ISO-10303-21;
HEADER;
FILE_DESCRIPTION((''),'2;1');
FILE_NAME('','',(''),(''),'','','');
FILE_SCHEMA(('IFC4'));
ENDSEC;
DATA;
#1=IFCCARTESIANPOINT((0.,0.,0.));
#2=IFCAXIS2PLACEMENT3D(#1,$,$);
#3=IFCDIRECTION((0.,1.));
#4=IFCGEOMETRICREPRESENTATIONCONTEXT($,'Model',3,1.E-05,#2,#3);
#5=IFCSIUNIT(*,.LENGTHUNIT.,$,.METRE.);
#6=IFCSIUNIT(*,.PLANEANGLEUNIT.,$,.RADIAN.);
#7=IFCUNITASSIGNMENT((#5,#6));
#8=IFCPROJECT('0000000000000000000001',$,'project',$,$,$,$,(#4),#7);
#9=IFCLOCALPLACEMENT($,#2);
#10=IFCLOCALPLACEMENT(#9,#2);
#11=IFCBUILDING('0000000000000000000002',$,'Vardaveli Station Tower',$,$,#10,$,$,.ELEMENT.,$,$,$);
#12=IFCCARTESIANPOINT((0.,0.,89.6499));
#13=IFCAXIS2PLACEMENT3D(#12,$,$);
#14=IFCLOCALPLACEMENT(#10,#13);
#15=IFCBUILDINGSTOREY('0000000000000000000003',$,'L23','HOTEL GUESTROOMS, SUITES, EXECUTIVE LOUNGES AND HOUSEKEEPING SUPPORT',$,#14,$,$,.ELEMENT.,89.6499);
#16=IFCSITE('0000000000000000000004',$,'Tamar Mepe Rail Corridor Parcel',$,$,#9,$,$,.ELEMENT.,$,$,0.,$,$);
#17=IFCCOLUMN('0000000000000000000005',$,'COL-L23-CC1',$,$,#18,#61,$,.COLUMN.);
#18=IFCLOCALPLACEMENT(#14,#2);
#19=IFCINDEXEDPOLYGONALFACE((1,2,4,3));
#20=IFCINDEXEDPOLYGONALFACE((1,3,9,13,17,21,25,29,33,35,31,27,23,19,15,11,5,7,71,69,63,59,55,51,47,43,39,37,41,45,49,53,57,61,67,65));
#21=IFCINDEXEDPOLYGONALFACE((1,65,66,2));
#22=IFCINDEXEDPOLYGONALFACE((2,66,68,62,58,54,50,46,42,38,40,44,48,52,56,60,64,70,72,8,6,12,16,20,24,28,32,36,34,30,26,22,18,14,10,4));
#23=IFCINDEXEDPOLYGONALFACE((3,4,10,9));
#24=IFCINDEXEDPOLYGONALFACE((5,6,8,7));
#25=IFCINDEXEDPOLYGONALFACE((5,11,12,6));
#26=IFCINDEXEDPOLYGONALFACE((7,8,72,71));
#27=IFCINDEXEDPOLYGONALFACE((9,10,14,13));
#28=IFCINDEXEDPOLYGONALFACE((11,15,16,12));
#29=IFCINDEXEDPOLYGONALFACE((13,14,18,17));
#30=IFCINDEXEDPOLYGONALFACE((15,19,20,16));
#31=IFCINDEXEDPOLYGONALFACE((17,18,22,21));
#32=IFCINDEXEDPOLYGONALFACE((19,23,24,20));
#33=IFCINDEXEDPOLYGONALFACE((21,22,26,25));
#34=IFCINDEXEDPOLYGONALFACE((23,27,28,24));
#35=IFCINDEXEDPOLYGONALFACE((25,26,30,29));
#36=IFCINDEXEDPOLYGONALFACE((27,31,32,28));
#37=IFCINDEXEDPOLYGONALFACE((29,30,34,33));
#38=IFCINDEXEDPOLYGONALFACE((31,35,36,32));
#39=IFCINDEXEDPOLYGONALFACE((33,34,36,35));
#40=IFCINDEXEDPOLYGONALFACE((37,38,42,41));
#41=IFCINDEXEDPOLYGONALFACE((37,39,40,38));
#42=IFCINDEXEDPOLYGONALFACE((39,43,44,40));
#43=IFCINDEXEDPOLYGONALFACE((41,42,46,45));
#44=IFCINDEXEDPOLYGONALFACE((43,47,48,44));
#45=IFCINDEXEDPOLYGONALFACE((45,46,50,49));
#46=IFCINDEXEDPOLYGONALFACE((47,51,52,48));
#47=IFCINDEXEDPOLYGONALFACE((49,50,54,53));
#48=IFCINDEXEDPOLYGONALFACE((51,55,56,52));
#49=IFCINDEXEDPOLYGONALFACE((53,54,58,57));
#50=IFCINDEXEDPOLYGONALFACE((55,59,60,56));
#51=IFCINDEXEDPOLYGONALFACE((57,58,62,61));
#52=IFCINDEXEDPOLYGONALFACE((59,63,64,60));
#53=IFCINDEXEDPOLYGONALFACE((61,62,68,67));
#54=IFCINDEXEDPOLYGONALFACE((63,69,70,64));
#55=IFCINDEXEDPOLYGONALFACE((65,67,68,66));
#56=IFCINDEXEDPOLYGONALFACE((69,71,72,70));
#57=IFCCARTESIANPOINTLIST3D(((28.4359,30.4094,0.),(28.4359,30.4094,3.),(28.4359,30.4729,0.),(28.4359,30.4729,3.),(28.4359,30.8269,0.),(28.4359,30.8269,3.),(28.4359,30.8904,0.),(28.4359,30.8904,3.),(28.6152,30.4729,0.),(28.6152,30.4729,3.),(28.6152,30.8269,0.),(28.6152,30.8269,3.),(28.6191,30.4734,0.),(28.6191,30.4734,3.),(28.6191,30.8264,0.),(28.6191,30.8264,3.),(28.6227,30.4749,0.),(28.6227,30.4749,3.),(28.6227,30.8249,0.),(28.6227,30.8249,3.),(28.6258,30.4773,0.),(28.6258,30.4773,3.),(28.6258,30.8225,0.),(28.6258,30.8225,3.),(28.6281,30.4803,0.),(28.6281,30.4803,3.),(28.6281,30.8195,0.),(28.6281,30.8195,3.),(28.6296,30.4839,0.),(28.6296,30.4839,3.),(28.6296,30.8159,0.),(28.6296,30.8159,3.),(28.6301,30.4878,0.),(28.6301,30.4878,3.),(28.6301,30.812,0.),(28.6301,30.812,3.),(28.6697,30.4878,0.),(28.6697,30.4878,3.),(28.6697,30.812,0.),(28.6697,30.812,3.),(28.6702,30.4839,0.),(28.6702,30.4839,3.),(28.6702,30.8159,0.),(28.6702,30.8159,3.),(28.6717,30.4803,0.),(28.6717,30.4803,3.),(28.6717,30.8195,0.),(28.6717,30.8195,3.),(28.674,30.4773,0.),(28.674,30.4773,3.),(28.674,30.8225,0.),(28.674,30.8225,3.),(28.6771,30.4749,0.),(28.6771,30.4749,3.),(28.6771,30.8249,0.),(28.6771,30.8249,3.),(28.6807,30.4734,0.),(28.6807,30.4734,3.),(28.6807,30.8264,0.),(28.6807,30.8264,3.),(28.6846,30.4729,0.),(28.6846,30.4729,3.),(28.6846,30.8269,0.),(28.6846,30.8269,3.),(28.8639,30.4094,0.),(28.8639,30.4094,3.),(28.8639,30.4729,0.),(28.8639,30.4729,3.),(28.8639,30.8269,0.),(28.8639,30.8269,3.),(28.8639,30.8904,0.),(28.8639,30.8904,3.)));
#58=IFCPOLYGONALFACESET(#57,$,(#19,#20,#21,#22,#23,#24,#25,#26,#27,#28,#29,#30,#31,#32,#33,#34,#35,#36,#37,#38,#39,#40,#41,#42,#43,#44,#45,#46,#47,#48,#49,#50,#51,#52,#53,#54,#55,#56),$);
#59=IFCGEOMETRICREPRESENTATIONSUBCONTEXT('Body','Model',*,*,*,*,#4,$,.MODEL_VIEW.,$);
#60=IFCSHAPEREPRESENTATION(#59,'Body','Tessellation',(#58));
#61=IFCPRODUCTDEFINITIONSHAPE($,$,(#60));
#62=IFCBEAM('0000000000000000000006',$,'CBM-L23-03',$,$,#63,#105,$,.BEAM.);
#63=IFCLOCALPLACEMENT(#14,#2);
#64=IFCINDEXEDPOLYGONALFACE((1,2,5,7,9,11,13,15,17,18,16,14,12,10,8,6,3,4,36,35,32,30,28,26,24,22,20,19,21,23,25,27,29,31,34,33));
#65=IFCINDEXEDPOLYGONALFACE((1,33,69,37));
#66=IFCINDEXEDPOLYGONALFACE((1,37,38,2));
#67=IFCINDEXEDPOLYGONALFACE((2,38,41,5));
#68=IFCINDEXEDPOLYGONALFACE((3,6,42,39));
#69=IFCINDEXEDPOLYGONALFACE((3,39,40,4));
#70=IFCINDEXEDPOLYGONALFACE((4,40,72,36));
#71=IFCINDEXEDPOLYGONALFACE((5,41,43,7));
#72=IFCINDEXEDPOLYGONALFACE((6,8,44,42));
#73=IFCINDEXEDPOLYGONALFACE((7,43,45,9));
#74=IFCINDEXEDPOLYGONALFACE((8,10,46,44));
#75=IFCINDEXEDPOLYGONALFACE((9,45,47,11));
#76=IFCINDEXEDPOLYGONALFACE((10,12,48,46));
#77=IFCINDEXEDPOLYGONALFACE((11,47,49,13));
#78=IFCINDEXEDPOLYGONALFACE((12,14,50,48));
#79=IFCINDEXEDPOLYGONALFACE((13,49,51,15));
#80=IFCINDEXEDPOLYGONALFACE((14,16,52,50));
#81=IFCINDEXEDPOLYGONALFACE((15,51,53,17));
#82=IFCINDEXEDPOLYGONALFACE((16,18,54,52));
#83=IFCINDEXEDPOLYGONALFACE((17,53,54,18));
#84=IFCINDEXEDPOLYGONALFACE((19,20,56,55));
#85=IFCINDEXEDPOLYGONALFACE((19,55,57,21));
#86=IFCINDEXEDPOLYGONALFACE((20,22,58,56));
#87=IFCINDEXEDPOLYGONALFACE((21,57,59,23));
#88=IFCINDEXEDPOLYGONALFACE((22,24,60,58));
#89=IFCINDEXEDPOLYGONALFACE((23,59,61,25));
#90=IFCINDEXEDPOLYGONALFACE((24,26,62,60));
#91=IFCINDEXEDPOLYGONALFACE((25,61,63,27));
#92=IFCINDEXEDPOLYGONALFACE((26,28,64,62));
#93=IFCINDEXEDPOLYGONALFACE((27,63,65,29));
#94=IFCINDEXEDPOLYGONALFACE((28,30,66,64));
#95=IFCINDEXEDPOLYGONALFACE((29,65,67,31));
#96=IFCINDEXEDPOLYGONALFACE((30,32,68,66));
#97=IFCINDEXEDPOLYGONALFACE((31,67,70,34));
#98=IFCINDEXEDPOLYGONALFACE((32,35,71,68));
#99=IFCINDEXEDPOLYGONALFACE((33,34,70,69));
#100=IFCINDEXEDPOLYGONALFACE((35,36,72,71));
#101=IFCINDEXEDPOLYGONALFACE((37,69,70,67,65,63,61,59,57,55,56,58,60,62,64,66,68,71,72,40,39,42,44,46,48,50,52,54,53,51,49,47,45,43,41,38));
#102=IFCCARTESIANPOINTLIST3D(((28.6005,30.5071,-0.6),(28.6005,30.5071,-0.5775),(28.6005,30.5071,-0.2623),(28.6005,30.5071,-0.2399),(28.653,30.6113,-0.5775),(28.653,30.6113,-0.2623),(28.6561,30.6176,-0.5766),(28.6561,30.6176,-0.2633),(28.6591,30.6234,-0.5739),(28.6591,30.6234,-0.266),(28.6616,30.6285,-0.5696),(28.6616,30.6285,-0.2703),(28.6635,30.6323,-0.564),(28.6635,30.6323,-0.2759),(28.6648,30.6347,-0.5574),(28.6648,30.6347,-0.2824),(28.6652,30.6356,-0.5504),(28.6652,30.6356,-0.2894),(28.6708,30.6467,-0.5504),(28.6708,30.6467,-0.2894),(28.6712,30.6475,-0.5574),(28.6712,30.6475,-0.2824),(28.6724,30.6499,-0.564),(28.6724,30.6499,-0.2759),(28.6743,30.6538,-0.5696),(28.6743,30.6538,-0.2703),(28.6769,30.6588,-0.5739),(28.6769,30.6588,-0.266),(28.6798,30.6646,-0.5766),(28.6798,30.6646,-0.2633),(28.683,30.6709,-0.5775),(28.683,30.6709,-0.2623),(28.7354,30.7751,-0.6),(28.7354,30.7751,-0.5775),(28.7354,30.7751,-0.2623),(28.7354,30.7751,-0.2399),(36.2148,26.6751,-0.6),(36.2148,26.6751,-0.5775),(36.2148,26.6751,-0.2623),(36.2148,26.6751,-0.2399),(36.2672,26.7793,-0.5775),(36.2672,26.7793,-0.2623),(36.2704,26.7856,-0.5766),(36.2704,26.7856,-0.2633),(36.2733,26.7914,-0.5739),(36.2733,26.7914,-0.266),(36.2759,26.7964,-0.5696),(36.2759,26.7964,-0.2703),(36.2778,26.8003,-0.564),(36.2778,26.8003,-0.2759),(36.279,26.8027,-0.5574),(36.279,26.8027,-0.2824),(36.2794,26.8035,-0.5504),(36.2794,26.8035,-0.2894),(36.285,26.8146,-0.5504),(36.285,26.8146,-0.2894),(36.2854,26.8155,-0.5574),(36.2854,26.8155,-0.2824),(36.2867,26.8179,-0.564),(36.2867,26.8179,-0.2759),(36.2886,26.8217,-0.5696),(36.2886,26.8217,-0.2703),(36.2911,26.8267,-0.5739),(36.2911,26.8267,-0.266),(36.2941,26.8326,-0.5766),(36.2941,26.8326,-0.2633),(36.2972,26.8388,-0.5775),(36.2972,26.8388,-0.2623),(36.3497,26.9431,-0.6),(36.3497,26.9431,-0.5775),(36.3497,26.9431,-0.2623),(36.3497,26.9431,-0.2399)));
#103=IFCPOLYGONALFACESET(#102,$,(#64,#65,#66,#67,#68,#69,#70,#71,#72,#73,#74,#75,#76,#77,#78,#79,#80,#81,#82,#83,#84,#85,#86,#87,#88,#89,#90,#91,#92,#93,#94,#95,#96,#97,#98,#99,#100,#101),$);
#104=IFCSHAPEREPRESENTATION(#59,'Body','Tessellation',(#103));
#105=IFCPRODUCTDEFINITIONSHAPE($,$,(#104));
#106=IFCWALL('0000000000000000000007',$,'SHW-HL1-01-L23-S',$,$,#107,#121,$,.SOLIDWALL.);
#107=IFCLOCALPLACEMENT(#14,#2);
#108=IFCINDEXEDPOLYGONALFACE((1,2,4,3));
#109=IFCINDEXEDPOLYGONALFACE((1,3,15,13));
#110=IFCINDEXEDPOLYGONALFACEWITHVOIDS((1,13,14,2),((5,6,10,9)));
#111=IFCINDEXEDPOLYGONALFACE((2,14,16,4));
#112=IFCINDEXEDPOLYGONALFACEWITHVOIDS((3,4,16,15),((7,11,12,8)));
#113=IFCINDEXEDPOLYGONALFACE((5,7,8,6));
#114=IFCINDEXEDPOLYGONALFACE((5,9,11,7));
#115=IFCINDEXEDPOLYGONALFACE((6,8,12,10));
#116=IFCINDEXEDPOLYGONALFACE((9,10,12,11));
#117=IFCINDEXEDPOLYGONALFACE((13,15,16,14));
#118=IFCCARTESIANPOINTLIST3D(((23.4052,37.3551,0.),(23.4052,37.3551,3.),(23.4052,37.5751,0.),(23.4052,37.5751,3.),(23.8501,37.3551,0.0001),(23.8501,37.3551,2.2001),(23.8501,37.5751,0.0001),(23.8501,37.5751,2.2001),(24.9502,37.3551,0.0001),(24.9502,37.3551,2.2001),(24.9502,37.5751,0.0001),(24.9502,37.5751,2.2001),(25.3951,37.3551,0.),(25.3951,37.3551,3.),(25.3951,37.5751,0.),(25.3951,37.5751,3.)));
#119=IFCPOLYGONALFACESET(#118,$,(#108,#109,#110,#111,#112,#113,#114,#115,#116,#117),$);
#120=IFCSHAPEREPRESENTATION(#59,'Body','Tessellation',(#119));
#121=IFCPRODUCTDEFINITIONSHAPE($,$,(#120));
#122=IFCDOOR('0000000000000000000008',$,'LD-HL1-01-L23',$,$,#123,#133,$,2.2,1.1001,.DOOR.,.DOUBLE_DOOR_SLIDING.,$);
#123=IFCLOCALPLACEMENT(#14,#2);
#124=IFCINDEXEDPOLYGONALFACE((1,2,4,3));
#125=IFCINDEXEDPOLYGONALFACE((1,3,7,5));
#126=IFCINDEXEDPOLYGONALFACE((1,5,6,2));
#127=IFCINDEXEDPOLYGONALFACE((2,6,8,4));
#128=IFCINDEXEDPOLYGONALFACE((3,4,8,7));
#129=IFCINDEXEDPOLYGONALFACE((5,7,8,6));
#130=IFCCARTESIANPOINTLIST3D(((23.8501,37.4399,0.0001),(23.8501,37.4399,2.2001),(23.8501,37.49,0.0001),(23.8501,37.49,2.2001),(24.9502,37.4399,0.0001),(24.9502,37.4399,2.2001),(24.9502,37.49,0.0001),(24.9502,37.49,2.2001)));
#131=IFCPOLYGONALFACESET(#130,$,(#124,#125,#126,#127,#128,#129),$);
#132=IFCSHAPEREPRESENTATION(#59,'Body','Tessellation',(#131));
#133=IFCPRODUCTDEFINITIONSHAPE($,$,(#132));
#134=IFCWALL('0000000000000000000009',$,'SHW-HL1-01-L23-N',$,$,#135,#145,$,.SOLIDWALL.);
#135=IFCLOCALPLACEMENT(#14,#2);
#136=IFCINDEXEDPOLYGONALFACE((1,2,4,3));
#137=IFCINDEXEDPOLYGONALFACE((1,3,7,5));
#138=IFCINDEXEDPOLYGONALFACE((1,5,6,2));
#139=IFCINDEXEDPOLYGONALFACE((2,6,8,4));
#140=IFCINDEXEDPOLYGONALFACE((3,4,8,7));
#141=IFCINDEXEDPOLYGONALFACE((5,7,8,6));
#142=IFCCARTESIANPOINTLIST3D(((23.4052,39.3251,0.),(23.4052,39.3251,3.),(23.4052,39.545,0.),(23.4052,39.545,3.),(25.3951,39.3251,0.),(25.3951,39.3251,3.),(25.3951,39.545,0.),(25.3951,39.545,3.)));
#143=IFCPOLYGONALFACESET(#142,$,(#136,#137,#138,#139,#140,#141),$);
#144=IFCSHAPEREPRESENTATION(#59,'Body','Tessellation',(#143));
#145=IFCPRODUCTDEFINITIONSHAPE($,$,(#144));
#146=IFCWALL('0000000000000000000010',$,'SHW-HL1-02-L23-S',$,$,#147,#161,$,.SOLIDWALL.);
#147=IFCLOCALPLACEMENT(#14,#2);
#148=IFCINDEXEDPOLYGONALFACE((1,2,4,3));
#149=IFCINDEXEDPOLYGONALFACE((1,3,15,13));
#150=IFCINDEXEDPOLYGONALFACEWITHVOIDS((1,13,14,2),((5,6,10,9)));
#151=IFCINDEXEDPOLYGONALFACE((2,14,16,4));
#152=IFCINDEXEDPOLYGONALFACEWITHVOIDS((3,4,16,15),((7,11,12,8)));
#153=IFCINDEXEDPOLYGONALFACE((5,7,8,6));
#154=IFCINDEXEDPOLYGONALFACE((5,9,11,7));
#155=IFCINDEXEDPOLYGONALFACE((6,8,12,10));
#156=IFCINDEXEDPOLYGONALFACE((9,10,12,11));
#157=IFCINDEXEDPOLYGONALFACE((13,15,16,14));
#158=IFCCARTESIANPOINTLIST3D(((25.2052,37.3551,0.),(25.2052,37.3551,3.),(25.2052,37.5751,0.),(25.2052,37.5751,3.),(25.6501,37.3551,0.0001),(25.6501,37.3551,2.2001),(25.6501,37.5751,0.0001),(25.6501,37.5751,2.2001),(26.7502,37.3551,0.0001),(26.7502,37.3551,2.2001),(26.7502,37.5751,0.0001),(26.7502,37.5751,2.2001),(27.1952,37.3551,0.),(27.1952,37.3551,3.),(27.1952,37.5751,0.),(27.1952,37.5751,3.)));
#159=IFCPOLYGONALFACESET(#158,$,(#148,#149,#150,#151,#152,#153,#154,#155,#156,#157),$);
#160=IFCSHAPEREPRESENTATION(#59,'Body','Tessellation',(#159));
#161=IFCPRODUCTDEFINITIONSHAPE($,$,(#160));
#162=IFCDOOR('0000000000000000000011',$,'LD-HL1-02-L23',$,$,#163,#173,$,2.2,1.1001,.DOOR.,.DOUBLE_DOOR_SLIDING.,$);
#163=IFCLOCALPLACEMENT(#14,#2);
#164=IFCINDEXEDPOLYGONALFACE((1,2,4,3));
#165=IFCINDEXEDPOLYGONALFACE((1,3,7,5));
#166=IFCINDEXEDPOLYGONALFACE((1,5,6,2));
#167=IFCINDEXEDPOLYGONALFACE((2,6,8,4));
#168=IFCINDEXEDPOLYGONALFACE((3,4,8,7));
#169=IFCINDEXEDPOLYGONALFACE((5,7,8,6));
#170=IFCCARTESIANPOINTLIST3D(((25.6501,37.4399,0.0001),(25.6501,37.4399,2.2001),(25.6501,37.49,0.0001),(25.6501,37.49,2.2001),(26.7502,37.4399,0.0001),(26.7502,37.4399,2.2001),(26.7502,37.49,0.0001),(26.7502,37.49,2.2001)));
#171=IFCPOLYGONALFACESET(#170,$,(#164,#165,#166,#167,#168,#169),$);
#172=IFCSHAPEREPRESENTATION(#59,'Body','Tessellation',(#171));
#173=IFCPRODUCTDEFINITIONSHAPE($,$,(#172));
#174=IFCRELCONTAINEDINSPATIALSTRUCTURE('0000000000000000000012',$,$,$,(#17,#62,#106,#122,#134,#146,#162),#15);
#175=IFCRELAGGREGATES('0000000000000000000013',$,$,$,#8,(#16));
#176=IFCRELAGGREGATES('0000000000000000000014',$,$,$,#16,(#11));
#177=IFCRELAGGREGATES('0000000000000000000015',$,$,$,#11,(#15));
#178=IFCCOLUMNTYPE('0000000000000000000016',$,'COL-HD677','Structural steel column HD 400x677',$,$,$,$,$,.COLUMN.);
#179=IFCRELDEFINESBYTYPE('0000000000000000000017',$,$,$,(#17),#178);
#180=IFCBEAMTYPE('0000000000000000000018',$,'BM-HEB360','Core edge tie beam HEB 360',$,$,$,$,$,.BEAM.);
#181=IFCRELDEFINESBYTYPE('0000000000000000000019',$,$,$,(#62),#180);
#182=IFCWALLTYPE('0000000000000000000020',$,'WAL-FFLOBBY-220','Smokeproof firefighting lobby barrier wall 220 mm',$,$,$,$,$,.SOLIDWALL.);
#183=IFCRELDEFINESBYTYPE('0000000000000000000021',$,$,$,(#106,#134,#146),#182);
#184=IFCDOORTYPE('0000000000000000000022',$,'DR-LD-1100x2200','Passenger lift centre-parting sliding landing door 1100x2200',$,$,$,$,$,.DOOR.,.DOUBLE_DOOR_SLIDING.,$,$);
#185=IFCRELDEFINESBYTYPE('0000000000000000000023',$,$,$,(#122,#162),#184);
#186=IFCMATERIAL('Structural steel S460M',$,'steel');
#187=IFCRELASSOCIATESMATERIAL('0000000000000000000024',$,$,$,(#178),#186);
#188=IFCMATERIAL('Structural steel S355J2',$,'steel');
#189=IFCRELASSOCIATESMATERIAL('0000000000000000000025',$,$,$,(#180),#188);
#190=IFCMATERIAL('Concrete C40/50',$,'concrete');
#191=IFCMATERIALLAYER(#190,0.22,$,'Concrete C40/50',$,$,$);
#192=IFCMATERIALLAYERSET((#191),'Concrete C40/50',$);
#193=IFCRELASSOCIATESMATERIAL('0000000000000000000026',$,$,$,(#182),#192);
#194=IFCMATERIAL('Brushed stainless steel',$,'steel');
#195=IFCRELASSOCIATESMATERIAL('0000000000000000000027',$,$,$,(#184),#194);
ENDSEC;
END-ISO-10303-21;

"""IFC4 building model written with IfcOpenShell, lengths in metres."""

from ifc_helpers import new_model, si_unit, direction, frame, frame_2d, origin, origin_2d, place, context, subcontext, project, spatial, rectangle, i_section, extrude, source, transform, mapped, material, layer, layer_set, material_profile, profile_set, type_object, element, fill, save


model = new_model("IFC4")

# Units and contexts
model_context = context("Model", 3, precision=1e-05, world=origin(), true_north=direction((0.0, 1.0)))
body_context = subcontext(model_context, "Body", "Model", "MODEL_VIEW")
ifc_project = project(units=[si_unit("LENGTHUNIT", "METRE"), si_unit("PLANEANGLEUNIT", "RADIAN")], contexts=[model_context])

# Site, building, storey
site_placement = place(None, origin())
site = spatial("IfcSite", under=ifc_project, at=site_placement, Name="Tamar Mepe Rail Corridor Parcel", CompositionType="ELEMENT", RefElevation=0.0)
building_placement = place(site_placement, origin())
building = spatial("IfcBuilding", under=site, at=building_placement, Name="Vardaveli Station Tower", CompositionType="ELEMENT")
storey_placement = place(building_placement, frame((0.0, 0.0, 89.6499)))
storey = spatial("IfcBuildingStorey", under=building, at=storey_placement, Name="L23", Description="HOTEL GUESTROOMS, SUITES, EXECUTIVE LOUNGES AND HOUSEKEEPING SUPPORT", CompositionType="ELEMENT", Elevation=89.6499)

# Column
ifc_material_1 = material(Name="Structural steel S460M", Category="steel")
ifc_material_profile_1 = material_profile(ifc_material_1, i_section(OverallWidth=0.428, OverallDepth=0.481, WebThickness=0.0396, FlangeThickness=0.0635, FilletRadius=0.0149, at=origin_2d()), Name="HD 400x677")
ifc_profile_set_1 = profile_set([ifc_material_profile_1], Name="Structural steel S460M")
column_type = type_object("IfcColumnType", Name="COL-HD677", Description="Structural steel column HD 400x677", PredefinedType="COLUMN", material=ifc_profile_set_1)
shared_shape_1 = source(origin(), body_context, "Body", "SweptSolid", [
    extrude(i_section(OverallWidth=0.428, OverallDepth=0.481, WebThickness=0.0396, FlangeThickness=0.0635, FilletRadius=0.0149, at=origin_2d()), origin(), (0.0, 0.0, 1.0), 3.0),
])
column_placement = place(storey_placement, frame((28.6499, 30.6499, 0.0), z_axis=(0.0, 0.0, 1.0), x_axis=(1.0, 0.0, 0.0)))
element("IfcColumn", 1, at=column_placement, inside=storey, type_object=column_type, Name="COL-L23-CC1", PredefinedType="COLUMN", context=body_context, shape_type="MappedRepresentation", body=[
    mapped(shared_shape_1, transform((0.0, 0.0, 0.0), scale=1.0)),
])

# Beam
ifc_material_2 = material(Name="Structural steel S355J2", Category="steel")
ifc_material_profile_2 = material_profile(ifc_material_2, i_section(OverallWidth=0.3, OverallDepth=0.3601, WebThickness=0.0125, FlangeThickness=0.0225, FilletRadius=0.0271, at=origin_2d()), Name="HEB 360")
ifc_profile_set_2 = profile_set([ifc_material_profile_2], Name="Structural steel S355J2")
beam_type = type_object("IfcBeamType", Name="BM-HEB360", Description="Core edge tie beam HEB 360", PredefinedType="BEAM", material=ifc_profile_set_2)
shared_shape_2 = source(origin(), body_context, "Body", "SweptSolid", [
    extrude(i_section(OverallWidth=0.3, OverallDepth=0.3601, WebThickness=0.0125, FlangeThickness=0.0225, FilletRadius=0.0271, at=origin_2d()), origin(), (0.0, 0.0, 1.0), 8.5242),
])
beam_placement = place(storey_placement, frame((28.668, 30.6411, -0.4199), z_axis=(0.893256, -0.449549, 0.0), x_axis=(0.449549, 0.893256, 0.0)))
element("IfcBeam", 2, at=beam_placement, inside=storey, type_object=beam_type, Name="CBM-L23-03", PredefinedType="BEAM", context=body_context, shape_type="MappedRepresentation", body=[
    mapped(shared_shape_2, transform((0.0, 0.0, 0.0), scale=1.0)),
])

# Wall, opening, door
ifc_material_3 = material(Name="Concrete C40/50", Category="concrete")
ifc_layer_1 = layer(ifc_material_3, 0.22, Name="Concrete C40/50")
ifc_layer_set_1 = layer_set([ifc_layer_1], Name="Concrete C40/50")
wall_type_1 = type_object("IfcWallType", Name="WAL-FFLOBBY-220", Description="Smokeproof firefighting lobby barrier wall 220 mm", PredefinedType="SOLIDWALL", material=ifc_layer_set_1)
shared_shape_3 = source(origin(), body_context, "Body", "SweptSolid", [
    extrude(rectangle(XDim=1.99, YDim=0.22, at=frame_2d((0.9951, 0.0))), origin(), (0.0, 0.0, 1.0), 3.0),
])
wall_1_placement = place(storey_placement, frame((23.405, 37.4651, 0.0), z_axis=(0.0, 0.0, 1.0), x_axis=(1.0, 0.0, 0.0)))
wall_1 = element("IfcWall", 3, at=wall_1_placement, inside=storey, type_object=wall_type_1, Name="SHW-HL1-01-L23-S", PredefinedType="SOLIDWALL", context=body_context, shape_type="MappedRepresentation", body=[
    mapped(shared_shape_3, transform((0.0, 0.0, 0.0), scale=1.0)),
])
shared_shape_4 = source(origin(), body_context, "Body", "SweptSolid", [
    extrude(rectangle(XDim=1.1001, YDim=2.2, at=frame_2d((0.55, 1.1001))), frame((0.0, 0.1201, 0.0), z_axis=(0.0, -1.0, 0.0), x_axis=(1.0, 0.0, 0.0)), (0.0, 0.0, 1.0), 0.24),
])
opening_1_placement = place(wall_1_placement, frame((0.4451, 0.0, 0.0)))
opening_1 = element("IfcOpeningElement", 4, at=opening_1_placement, cuts=wall_1, PredefinedType="OPENING", context=body_context, shape_type="MappedRepresentation", body=[
    mapped(shared_shape_4, transform((0.0, 0.0, 0.0), scale=1.0)),
])
ifc_material_4 = material(Name="Brushed stainless steel", Category="steel")
door_type = type_object("IfcDoorType", Name="DR-LD-1100x2200", Description="Passenger lift centre-parting sliding landing door 1100x2200", OperationType="DOUBLE_DOOR_SLIDING", PredefinedType="DOOR", material=ifc_material_4)
shared_shape_5 = source(origin(), body_context, "Body", "SweptSolid", [
    extrude(rectangle(XDim=1.1001, YDim=2.2, at=frame_2d((0.55, 1.1001))), frame((0.0, 0.0249, 0.0), z_axis=(0.0, -1.0, 0.0), x_axis=(1.0, 0.0, 0.0)), (0.0, 0.0, 1.0), 0.05),
])
door_1_placement = place(opening_1_placement, origin())
door_1 = element("IfcDoor", 5, at=door_1_placement, inside=storey, type_object=door_type, Name="LD-HL1-01-L23", OperationType="DOUBLE_DOOR_SLIDING", OverallHeight=2.2, OverallWidth=1.1001, PredefinedType="DOOR", context=body_context, shape_type="MappedRepresentation", body=[
    mapped(shared_shape_5, transform((0.0, 0.0, 0.0), scale=1.0)),
])
fill(opening_1, door_1)

# Wall
wall_2_placement = place(storey_placement, frame((23.405, 39.4351, 0.0), z_axis=(0.0, 0.0, 1.0), x_axis=(1.0, 0.0, 0.0)))
element("IfcWall", 6, at=wall_2_placement, inside=storey, type_object=wall_type_1, Name="SHW-HL1-01-L23-N", PredefinedType="SOLIDWALL", context=body_context, shape_type="MappedRepresentation", body=[
    mapped(shared_shape_3, transform((0.0, 0.0, 0.0), scale=1.0)),
])

# Wall, opening, door
wall_3_placement = place(storey_placement, frame((25.2051, 37.4651, 0.0), z_axis=(0.0, 0.0, 1.0), x_axis=(1.0, 0.0, 0.0)))
wall_3 = element("IfcWall", 7, at=wall_3_placement, inside=storey, type_object=wall_type_1, Name="SHW-HL1-02-L23-S", PredefinedType="SOLIDWALL", context=body_context, shape_type="MappedRepresentation", body=[
    mapped(shared_shape_3, transform((0.0, 0.0, 0.0), scale=1.0)),
])
opening_2_placement = place(wall_3_placement, frame((0.4451, 0.0, 0.0)))
opening_2 = element("IfcOpeningElement", 8, at=opening_2_placement, cuts=wall_3, PredefinedType="OPENING", context=body_context, shape_type="MappedRepresentation", body=[
    mapped(shared_shape_4, transform((0.0, 0.0, 0.0), scale=1.0)),
])
door_2_placement = place(opening_2_placement, origin())
door_2 = element("IfcDoor", 9, at=door_2_placement, inside=storey, type_object=door_type, Name="LD-HL1-02-L23", OperationType="DOUBLE_DOOR_SLIDING", OverallHeight=2.2, OverallWidth=1.1001, PredefinedType="DOOR", context=body_context, shape_type="MappedRepresentation", body=[
    mapped(shared_shape_5, transform((0.0, 0.0, 0.0), scale=1.0)),
])
fill(opening_2, door_2)

save(model, "model.ifc")
